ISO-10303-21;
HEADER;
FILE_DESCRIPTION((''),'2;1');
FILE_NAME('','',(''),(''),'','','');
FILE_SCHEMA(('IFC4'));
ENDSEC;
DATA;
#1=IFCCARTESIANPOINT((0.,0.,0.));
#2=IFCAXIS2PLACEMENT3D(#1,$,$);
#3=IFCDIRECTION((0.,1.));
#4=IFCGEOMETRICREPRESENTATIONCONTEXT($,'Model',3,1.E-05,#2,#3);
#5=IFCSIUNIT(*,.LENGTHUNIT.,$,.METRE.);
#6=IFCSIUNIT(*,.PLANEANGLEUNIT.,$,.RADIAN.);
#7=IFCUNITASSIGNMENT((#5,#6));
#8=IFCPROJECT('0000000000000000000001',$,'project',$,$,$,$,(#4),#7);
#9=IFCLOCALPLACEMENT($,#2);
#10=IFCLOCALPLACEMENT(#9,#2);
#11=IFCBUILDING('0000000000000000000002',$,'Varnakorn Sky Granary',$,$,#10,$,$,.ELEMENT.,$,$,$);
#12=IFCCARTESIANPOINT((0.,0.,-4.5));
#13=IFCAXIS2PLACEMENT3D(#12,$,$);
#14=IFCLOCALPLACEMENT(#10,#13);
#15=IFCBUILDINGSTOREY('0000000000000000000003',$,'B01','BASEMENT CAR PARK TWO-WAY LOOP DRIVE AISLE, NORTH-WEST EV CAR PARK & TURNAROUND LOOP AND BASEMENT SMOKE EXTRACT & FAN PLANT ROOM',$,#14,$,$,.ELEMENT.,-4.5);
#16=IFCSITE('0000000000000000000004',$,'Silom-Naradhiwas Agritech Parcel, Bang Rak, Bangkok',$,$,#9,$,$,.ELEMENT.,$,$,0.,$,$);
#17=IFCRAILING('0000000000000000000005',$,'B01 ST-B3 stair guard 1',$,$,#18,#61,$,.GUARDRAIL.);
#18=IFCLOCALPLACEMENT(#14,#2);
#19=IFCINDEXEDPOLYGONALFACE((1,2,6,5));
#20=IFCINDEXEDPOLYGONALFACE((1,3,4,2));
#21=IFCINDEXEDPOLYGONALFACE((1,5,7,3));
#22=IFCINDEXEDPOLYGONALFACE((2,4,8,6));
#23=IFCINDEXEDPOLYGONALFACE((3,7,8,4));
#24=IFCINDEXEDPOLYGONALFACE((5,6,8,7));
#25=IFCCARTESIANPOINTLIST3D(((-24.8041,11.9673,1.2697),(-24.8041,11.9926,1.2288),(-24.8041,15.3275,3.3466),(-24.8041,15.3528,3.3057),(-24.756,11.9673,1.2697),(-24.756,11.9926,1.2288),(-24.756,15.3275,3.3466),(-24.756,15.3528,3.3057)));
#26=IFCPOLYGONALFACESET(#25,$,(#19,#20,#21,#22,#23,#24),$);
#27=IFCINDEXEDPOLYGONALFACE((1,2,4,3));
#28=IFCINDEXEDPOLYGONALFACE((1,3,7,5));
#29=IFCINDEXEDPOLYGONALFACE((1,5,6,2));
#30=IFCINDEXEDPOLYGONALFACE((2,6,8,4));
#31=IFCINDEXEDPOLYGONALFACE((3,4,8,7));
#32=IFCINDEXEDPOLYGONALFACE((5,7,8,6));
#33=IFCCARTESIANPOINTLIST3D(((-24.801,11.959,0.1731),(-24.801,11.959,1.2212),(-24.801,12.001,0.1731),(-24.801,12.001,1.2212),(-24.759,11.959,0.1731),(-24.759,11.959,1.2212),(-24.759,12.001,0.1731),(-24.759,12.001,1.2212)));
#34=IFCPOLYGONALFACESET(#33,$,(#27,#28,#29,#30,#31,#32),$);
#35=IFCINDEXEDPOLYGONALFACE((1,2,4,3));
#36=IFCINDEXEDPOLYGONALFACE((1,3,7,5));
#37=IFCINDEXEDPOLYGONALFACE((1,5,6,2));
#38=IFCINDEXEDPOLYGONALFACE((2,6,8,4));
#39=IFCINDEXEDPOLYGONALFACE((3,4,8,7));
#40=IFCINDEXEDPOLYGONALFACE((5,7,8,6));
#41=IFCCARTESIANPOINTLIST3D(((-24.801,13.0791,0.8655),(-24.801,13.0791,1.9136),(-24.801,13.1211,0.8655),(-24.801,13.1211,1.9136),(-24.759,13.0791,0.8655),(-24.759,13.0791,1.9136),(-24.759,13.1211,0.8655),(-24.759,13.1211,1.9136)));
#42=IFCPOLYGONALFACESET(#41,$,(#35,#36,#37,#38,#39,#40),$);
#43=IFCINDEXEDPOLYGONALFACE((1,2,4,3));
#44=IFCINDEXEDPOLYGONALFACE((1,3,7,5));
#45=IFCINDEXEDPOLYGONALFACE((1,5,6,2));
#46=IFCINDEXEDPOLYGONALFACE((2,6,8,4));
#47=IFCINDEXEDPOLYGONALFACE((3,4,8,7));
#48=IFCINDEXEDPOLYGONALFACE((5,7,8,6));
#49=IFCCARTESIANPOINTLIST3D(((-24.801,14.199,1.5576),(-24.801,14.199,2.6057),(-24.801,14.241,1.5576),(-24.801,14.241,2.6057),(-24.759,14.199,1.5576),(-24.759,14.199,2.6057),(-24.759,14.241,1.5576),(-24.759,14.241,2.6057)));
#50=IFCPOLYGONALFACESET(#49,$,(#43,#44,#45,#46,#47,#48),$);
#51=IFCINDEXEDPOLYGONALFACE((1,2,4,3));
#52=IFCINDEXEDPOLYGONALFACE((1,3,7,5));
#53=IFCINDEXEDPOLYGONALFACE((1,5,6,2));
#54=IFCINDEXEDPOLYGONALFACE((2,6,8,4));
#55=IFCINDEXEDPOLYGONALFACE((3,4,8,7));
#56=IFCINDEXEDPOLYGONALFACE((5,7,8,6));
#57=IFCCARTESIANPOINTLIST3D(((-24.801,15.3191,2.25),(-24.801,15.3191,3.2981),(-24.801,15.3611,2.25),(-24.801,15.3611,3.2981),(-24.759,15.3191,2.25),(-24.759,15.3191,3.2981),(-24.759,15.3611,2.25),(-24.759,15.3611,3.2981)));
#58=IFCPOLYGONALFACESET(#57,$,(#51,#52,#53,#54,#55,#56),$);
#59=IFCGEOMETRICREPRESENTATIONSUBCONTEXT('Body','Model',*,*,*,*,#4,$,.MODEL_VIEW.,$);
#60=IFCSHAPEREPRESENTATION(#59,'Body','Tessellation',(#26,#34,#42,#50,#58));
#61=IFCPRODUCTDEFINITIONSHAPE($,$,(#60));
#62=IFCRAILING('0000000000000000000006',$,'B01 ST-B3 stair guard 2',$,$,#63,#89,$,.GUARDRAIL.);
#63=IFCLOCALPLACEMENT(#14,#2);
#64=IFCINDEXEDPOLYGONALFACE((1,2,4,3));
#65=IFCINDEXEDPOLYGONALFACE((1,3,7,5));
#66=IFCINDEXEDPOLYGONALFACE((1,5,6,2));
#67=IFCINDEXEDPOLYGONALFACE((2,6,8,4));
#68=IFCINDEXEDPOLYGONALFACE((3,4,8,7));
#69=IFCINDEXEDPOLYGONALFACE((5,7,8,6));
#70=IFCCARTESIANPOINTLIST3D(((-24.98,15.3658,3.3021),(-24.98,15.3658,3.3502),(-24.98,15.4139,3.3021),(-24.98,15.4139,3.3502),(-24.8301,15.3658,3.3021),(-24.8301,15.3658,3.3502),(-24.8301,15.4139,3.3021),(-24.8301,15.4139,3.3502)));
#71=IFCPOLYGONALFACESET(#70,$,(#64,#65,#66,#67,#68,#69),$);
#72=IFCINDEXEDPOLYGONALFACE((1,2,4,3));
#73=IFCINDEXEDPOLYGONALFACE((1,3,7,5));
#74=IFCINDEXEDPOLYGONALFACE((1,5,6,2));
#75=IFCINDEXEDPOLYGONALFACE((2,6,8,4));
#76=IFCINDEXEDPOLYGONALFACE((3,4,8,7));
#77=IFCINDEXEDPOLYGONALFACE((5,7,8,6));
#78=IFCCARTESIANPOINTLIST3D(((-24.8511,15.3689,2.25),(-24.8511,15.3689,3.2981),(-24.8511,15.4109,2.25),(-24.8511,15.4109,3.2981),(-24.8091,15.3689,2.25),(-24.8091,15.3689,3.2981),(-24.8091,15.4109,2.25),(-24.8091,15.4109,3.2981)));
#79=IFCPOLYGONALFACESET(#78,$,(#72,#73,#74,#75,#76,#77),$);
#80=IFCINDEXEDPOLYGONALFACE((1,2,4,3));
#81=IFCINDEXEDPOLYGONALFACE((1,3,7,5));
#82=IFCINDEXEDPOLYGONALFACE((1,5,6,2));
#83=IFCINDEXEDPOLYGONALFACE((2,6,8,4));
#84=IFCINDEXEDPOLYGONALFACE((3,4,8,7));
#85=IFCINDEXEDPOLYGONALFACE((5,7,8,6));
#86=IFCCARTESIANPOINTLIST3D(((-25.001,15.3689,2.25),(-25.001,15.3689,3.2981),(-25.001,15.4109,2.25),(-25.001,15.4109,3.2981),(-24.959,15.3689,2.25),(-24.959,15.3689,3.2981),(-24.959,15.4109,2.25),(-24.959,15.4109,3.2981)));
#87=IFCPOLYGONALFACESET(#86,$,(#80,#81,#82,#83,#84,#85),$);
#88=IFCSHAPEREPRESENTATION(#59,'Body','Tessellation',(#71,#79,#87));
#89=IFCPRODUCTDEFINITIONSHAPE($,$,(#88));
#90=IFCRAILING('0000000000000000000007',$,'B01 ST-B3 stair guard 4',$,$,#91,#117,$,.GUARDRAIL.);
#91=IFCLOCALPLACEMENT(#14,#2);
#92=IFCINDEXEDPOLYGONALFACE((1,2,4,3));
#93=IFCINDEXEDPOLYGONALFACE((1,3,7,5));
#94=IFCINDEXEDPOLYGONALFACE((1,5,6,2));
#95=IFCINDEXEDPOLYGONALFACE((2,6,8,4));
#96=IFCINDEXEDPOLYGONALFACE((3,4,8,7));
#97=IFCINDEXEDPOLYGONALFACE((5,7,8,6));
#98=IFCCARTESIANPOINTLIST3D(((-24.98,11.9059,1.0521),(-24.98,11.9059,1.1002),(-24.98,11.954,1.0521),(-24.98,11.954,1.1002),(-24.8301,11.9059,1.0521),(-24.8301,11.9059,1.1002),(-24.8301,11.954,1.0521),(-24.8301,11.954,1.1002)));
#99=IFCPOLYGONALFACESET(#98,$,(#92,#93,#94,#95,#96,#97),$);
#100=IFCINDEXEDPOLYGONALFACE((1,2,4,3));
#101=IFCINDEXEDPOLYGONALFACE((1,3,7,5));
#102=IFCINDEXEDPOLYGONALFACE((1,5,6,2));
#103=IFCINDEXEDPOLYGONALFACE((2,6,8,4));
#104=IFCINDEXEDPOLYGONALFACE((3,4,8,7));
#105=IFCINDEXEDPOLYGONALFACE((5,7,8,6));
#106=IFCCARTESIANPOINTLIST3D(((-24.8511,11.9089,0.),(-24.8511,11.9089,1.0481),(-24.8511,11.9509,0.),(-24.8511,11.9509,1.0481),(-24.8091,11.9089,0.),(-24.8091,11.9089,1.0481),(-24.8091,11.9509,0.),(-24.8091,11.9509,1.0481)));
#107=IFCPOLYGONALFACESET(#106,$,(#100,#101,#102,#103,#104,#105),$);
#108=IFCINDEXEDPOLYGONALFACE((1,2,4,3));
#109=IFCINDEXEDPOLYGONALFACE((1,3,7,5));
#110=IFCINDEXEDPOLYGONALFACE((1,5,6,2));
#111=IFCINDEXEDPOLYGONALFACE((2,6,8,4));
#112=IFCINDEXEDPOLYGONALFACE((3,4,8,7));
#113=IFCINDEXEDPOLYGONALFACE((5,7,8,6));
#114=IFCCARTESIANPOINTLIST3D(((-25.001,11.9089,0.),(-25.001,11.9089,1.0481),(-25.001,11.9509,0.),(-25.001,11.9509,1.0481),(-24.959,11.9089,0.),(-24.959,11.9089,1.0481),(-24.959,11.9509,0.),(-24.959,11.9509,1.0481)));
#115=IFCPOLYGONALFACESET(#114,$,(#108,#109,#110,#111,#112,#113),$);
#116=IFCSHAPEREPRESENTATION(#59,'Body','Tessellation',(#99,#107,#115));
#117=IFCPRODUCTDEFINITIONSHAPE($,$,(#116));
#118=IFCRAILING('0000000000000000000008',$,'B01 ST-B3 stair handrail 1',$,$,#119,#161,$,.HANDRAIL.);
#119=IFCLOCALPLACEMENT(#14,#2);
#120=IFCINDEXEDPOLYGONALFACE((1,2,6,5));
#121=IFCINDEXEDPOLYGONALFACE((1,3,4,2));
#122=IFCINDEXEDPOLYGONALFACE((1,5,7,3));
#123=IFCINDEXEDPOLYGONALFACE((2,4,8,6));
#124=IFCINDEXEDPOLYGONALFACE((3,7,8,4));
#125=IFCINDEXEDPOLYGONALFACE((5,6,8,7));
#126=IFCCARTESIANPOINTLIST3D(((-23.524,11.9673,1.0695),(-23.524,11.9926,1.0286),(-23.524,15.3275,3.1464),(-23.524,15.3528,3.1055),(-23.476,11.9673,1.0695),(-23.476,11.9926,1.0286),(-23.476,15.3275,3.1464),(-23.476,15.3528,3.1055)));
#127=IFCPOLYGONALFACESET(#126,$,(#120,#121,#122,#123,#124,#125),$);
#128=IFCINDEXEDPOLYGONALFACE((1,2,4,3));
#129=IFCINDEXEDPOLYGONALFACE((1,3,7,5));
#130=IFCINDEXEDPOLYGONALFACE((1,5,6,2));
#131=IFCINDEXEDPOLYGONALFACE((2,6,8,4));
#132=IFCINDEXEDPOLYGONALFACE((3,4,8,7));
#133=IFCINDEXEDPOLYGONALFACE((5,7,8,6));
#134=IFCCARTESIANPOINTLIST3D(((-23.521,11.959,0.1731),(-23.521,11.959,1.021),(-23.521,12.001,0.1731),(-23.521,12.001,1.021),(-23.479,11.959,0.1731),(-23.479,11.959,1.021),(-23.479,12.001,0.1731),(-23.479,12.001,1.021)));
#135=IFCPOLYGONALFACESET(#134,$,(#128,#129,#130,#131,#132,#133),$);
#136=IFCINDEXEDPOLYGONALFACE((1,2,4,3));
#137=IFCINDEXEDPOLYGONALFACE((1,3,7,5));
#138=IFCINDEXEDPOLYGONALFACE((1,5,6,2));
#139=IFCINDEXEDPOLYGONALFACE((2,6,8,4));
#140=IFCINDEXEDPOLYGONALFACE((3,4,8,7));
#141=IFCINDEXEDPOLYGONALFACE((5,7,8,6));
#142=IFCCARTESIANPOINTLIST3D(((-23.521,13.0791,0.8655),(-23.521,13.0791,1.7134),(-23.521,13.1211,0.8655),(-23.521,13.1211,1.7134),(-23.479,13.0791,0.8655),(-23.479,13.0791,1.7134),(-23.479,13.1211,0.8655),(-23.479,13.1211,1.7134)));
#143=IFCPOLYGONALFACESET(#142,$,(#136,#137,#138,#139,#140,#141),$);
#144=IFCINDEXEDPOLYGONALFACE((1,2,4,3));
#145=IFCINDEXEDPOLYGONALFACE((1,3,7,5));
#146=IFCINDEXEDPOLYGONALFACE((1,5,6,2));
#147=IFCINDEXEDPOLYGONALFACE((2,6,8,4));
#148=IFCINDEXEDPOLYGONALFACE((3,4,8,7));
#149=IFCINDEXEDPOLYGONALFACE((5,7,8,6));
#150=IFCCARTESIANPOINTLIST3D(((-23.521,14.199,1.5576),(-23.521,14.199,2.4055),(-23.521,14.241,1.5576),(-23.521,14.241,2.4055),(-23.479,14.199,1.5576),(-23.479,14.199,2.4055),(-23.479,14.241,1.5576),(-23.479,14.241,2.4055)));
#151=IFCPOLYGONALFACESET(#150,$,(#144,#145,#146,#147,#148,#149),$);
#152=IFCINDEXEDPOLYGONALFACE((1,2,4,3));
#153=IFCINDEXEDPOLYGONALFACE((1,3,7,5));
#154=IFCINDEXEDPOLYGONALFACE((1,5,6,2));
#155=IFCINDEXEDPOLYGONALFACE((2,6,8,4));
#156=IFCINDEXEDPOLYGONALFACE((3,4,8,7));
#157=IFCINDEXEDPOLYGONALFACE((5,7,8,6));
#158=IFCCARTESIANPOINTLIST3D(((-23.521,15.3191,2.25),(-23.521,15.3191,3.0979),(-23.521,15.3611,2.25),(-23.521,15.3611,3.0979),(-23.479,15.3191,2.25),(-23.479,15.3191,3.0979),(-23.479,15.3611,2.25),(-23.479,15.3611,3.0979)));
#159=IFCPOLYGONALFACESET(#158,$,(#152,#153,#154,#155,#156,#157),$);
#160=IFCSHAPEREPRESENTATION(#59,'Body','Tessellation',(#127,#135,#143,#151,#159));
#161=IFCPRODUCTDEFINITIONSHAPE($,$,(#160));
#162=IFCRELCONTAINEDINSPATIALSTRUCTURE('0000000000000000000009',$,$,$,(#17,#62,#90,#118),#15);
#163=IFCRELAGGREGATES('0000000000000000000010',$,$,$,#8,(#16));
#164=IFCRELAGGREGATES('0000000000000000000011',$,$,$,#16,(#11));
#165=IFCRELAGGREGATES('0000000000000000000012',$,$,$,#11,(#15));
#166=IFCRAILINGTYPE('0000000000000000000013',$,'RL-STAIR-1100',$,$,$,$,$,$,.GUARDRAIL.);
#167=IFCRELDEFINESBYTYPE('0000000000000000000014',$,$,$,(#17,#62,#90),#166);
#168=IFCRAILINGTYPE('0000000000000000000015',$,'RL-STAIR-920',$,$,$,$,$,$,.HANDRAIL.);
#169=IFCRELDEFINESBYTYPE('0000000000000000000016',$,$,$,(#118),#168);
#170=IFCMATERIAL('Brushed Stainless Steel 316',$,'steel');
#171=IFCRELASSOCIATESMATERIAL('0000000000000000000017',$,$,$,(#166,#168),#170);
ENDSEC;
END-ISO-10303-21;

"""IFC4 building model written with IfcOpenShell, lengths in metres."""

from ifc_helpers import new_model, si_unit, direction, frame, origin, origin_2d, place, context, subcontext, project, spatial, rectangle, extrude, material, type_object, element, save


model = new_model("IFC4")

# Units and contexts
model_context = context("Model", 3, precision=1e-05, world=origin(), true_north=direction((0.0, 1.0)))
body_context = subcontext(model_context, "Body", "Model", "MODEL_VIEW")
ifc_project = project(units=[si_unit("LENGTHUNIT", "METRE"), si_unit("PLANEANGLEUNIT", "RADIAN")], contexts=[model_context])

# Site, building, storey
site_placement = place(None, origin())
site = spatial("IfcSite", under=ifc_project, at=site_placement, Name="Silom-Naradhiwas Agritech Parcel, Bang Rak, Bangkok", CompositionType="ELEMENT", RefElevation=0.0)
building_placement = place(site_placement, origin())
building = spatial("IfcBuilding", under=site, at=building_placement, Name="Varnakorn Sky Granary", CompositionType="ELEMENT")
storey_placement = place(building_placement, frame((0.0, 0.0, -4.5)))
storey = spatial("IfcBuildingStorey", under=building, at=storey_placement, Name="B01", Description="BASEMENT CAR PARK TWO-WAY LOOP DRIVE AISLE, NORTH-WEST EV CAR PARK & TURNAROUND LOOP AND BASEMENT SMOKE EXTRACT & FAN PLANT ROOM", CompositionType="ELEMENT", Elevation=-4.5)

# Railings
ifc_material_1 = material(Name="Brushed Stainless Steel 316", Category="steel")
railing_type_1 = type_object("IfcRailingType", Name="RL-STAIR-1100", PredefinedType="GUARDRAIL", material=ifc_material_1)
railing_1_placement = place(storey_placement, frame((-24.78, 11.98, 0.1731)))
element("IfcRailing", 1, at=railing_1_placement, inside=storey, type_object=railing_type_1, Name="B01 ST-B3 stair guard 1", PredefinedType="GUARDRAIL", context=body_context, shape_type="SweptSolid", body=[
    extrude(rectangle(XDim=0.0481, YDim=0.0481, at=origin_2d()), frame((0.0, 0.0, 1.0762), z_axis=(0.0, 0.850623, 0.525776), x_axis=(-1.0, 0.0, 0.0)), (0.0, 0.0, 1.0), 3.9502),
    extrude(rectangle(XDim=0.042, YDim=0.042, at=origin_2d()), origin(), (0.0, 0.0, 1.0), 1.0481),
    extrude(rectangle(XDim=0.042, YDim=0.042, at=origin_2d()), frame((0.0, 1.1201, 0.6924)), (0.0, 0.0, 1.0), 1.0481),
    extrude(rectangle(XDim=0.042, YDim=0.042, at=origin_2d()), frame((0.0, 2.24, 1.3845)), (0.0, 0.0, 1.0), 1.0481),
    extrude(rectangle(XDim=0.042, YDim=0.042, at=origin_2d()), frame((0.0, 3.3601, 2.0769)), (0.0, 0.0, 1.0), 1.0481),
])
for number, where, name in (
    (2, (-24.8301, 15.3899, 2.25), "B01 ST-B3 stair guard 2"),
    (3, (-24.8301, 11.9299, 0.0), "B01 ST-B3 stair guard 4"),
):
    element("IfcRailing", number, at=place(storey_placement, frame(where)), inside=storey, type_object=railing_type_1, Name=name, PredefinedType="GUARDRAIL", context=body_context, shape_type="SweptSolid", body=[
        extrude(rectangle(XDim=0.0481, YDim=0.0481, at=origin_2d()), frame((0.0, 0.0, 1.0762), z_axis=(-1.0, 0.0, 0.0), x_axis=(0.0, -1.0, 0.0)), (0.0, 0.0, 1.0), 0.1499),
        extrude(rectangle(XDim=0.042, YDim=0.042, at=origin_2d()), origin(), (0.0, 0.0, 1.0), 1.0481),
        extrude(rectangle(XDim=0.042, YDim=0.042, at=origin_2d()), frame((-0.1499, 0.0, 0.0)), (0.0, 0.0, 1.0), 1.0481),
    ])
railing_type_2 = type_object("IfcRailingType", Name="RL-STAIR-920", PredefinedType="HANDRAIL", material=ifc_material_1)
railing_2_placement = place(storey_placement, frame((-23.5, 11.98, 0.1731)))
element("IfcRailing", 4, at=railing_2_placement, inside=storey, type_object=railing_type_2, Name="B01 ST-B3 stair handrail 1", PredefinedType="HANDRAIL", context=body_context, shape_type="SweptSolid", body=[
    extrude(rectangle(XDim=0.0481, YDim=0.0481, at=origin_2d()), frame((0.0, 0.0, 0.876), z_axis=(0.0, 0.850623, 0.525776), x_axis=(-1.0, 0.0, 0.0)), (0.0, 0.0, 1.0), 3.9502),
    extrude(rectangle(XDim=0.042, YDim=0.042, at=origin_2d()), origin(), (0.0, 0.0, 1.0), 0.8479),
    extrude(rectangle(XDim=0.042, YDim=0.042, at=origin_2d()), frame((0.0, 1.1201, 0.6924)), (0.0, 0.0, 1.0), 0.8479),
    extrude(rectangle(XDim=0.042, YDim=0.042, at=origin_2d()), frame((0.0, 2.24, 1.3845)), (0.0, 0.0, 1.0), 0.8479),
    extrude(rectangle(XDim=0.042, YDim=0.042, at=origin_2d()), frame((0.0, 3.3601, 2.0769)), (0.0, 0.0, 1.0), 0.8479),
])

save(model, "model.ifc")
